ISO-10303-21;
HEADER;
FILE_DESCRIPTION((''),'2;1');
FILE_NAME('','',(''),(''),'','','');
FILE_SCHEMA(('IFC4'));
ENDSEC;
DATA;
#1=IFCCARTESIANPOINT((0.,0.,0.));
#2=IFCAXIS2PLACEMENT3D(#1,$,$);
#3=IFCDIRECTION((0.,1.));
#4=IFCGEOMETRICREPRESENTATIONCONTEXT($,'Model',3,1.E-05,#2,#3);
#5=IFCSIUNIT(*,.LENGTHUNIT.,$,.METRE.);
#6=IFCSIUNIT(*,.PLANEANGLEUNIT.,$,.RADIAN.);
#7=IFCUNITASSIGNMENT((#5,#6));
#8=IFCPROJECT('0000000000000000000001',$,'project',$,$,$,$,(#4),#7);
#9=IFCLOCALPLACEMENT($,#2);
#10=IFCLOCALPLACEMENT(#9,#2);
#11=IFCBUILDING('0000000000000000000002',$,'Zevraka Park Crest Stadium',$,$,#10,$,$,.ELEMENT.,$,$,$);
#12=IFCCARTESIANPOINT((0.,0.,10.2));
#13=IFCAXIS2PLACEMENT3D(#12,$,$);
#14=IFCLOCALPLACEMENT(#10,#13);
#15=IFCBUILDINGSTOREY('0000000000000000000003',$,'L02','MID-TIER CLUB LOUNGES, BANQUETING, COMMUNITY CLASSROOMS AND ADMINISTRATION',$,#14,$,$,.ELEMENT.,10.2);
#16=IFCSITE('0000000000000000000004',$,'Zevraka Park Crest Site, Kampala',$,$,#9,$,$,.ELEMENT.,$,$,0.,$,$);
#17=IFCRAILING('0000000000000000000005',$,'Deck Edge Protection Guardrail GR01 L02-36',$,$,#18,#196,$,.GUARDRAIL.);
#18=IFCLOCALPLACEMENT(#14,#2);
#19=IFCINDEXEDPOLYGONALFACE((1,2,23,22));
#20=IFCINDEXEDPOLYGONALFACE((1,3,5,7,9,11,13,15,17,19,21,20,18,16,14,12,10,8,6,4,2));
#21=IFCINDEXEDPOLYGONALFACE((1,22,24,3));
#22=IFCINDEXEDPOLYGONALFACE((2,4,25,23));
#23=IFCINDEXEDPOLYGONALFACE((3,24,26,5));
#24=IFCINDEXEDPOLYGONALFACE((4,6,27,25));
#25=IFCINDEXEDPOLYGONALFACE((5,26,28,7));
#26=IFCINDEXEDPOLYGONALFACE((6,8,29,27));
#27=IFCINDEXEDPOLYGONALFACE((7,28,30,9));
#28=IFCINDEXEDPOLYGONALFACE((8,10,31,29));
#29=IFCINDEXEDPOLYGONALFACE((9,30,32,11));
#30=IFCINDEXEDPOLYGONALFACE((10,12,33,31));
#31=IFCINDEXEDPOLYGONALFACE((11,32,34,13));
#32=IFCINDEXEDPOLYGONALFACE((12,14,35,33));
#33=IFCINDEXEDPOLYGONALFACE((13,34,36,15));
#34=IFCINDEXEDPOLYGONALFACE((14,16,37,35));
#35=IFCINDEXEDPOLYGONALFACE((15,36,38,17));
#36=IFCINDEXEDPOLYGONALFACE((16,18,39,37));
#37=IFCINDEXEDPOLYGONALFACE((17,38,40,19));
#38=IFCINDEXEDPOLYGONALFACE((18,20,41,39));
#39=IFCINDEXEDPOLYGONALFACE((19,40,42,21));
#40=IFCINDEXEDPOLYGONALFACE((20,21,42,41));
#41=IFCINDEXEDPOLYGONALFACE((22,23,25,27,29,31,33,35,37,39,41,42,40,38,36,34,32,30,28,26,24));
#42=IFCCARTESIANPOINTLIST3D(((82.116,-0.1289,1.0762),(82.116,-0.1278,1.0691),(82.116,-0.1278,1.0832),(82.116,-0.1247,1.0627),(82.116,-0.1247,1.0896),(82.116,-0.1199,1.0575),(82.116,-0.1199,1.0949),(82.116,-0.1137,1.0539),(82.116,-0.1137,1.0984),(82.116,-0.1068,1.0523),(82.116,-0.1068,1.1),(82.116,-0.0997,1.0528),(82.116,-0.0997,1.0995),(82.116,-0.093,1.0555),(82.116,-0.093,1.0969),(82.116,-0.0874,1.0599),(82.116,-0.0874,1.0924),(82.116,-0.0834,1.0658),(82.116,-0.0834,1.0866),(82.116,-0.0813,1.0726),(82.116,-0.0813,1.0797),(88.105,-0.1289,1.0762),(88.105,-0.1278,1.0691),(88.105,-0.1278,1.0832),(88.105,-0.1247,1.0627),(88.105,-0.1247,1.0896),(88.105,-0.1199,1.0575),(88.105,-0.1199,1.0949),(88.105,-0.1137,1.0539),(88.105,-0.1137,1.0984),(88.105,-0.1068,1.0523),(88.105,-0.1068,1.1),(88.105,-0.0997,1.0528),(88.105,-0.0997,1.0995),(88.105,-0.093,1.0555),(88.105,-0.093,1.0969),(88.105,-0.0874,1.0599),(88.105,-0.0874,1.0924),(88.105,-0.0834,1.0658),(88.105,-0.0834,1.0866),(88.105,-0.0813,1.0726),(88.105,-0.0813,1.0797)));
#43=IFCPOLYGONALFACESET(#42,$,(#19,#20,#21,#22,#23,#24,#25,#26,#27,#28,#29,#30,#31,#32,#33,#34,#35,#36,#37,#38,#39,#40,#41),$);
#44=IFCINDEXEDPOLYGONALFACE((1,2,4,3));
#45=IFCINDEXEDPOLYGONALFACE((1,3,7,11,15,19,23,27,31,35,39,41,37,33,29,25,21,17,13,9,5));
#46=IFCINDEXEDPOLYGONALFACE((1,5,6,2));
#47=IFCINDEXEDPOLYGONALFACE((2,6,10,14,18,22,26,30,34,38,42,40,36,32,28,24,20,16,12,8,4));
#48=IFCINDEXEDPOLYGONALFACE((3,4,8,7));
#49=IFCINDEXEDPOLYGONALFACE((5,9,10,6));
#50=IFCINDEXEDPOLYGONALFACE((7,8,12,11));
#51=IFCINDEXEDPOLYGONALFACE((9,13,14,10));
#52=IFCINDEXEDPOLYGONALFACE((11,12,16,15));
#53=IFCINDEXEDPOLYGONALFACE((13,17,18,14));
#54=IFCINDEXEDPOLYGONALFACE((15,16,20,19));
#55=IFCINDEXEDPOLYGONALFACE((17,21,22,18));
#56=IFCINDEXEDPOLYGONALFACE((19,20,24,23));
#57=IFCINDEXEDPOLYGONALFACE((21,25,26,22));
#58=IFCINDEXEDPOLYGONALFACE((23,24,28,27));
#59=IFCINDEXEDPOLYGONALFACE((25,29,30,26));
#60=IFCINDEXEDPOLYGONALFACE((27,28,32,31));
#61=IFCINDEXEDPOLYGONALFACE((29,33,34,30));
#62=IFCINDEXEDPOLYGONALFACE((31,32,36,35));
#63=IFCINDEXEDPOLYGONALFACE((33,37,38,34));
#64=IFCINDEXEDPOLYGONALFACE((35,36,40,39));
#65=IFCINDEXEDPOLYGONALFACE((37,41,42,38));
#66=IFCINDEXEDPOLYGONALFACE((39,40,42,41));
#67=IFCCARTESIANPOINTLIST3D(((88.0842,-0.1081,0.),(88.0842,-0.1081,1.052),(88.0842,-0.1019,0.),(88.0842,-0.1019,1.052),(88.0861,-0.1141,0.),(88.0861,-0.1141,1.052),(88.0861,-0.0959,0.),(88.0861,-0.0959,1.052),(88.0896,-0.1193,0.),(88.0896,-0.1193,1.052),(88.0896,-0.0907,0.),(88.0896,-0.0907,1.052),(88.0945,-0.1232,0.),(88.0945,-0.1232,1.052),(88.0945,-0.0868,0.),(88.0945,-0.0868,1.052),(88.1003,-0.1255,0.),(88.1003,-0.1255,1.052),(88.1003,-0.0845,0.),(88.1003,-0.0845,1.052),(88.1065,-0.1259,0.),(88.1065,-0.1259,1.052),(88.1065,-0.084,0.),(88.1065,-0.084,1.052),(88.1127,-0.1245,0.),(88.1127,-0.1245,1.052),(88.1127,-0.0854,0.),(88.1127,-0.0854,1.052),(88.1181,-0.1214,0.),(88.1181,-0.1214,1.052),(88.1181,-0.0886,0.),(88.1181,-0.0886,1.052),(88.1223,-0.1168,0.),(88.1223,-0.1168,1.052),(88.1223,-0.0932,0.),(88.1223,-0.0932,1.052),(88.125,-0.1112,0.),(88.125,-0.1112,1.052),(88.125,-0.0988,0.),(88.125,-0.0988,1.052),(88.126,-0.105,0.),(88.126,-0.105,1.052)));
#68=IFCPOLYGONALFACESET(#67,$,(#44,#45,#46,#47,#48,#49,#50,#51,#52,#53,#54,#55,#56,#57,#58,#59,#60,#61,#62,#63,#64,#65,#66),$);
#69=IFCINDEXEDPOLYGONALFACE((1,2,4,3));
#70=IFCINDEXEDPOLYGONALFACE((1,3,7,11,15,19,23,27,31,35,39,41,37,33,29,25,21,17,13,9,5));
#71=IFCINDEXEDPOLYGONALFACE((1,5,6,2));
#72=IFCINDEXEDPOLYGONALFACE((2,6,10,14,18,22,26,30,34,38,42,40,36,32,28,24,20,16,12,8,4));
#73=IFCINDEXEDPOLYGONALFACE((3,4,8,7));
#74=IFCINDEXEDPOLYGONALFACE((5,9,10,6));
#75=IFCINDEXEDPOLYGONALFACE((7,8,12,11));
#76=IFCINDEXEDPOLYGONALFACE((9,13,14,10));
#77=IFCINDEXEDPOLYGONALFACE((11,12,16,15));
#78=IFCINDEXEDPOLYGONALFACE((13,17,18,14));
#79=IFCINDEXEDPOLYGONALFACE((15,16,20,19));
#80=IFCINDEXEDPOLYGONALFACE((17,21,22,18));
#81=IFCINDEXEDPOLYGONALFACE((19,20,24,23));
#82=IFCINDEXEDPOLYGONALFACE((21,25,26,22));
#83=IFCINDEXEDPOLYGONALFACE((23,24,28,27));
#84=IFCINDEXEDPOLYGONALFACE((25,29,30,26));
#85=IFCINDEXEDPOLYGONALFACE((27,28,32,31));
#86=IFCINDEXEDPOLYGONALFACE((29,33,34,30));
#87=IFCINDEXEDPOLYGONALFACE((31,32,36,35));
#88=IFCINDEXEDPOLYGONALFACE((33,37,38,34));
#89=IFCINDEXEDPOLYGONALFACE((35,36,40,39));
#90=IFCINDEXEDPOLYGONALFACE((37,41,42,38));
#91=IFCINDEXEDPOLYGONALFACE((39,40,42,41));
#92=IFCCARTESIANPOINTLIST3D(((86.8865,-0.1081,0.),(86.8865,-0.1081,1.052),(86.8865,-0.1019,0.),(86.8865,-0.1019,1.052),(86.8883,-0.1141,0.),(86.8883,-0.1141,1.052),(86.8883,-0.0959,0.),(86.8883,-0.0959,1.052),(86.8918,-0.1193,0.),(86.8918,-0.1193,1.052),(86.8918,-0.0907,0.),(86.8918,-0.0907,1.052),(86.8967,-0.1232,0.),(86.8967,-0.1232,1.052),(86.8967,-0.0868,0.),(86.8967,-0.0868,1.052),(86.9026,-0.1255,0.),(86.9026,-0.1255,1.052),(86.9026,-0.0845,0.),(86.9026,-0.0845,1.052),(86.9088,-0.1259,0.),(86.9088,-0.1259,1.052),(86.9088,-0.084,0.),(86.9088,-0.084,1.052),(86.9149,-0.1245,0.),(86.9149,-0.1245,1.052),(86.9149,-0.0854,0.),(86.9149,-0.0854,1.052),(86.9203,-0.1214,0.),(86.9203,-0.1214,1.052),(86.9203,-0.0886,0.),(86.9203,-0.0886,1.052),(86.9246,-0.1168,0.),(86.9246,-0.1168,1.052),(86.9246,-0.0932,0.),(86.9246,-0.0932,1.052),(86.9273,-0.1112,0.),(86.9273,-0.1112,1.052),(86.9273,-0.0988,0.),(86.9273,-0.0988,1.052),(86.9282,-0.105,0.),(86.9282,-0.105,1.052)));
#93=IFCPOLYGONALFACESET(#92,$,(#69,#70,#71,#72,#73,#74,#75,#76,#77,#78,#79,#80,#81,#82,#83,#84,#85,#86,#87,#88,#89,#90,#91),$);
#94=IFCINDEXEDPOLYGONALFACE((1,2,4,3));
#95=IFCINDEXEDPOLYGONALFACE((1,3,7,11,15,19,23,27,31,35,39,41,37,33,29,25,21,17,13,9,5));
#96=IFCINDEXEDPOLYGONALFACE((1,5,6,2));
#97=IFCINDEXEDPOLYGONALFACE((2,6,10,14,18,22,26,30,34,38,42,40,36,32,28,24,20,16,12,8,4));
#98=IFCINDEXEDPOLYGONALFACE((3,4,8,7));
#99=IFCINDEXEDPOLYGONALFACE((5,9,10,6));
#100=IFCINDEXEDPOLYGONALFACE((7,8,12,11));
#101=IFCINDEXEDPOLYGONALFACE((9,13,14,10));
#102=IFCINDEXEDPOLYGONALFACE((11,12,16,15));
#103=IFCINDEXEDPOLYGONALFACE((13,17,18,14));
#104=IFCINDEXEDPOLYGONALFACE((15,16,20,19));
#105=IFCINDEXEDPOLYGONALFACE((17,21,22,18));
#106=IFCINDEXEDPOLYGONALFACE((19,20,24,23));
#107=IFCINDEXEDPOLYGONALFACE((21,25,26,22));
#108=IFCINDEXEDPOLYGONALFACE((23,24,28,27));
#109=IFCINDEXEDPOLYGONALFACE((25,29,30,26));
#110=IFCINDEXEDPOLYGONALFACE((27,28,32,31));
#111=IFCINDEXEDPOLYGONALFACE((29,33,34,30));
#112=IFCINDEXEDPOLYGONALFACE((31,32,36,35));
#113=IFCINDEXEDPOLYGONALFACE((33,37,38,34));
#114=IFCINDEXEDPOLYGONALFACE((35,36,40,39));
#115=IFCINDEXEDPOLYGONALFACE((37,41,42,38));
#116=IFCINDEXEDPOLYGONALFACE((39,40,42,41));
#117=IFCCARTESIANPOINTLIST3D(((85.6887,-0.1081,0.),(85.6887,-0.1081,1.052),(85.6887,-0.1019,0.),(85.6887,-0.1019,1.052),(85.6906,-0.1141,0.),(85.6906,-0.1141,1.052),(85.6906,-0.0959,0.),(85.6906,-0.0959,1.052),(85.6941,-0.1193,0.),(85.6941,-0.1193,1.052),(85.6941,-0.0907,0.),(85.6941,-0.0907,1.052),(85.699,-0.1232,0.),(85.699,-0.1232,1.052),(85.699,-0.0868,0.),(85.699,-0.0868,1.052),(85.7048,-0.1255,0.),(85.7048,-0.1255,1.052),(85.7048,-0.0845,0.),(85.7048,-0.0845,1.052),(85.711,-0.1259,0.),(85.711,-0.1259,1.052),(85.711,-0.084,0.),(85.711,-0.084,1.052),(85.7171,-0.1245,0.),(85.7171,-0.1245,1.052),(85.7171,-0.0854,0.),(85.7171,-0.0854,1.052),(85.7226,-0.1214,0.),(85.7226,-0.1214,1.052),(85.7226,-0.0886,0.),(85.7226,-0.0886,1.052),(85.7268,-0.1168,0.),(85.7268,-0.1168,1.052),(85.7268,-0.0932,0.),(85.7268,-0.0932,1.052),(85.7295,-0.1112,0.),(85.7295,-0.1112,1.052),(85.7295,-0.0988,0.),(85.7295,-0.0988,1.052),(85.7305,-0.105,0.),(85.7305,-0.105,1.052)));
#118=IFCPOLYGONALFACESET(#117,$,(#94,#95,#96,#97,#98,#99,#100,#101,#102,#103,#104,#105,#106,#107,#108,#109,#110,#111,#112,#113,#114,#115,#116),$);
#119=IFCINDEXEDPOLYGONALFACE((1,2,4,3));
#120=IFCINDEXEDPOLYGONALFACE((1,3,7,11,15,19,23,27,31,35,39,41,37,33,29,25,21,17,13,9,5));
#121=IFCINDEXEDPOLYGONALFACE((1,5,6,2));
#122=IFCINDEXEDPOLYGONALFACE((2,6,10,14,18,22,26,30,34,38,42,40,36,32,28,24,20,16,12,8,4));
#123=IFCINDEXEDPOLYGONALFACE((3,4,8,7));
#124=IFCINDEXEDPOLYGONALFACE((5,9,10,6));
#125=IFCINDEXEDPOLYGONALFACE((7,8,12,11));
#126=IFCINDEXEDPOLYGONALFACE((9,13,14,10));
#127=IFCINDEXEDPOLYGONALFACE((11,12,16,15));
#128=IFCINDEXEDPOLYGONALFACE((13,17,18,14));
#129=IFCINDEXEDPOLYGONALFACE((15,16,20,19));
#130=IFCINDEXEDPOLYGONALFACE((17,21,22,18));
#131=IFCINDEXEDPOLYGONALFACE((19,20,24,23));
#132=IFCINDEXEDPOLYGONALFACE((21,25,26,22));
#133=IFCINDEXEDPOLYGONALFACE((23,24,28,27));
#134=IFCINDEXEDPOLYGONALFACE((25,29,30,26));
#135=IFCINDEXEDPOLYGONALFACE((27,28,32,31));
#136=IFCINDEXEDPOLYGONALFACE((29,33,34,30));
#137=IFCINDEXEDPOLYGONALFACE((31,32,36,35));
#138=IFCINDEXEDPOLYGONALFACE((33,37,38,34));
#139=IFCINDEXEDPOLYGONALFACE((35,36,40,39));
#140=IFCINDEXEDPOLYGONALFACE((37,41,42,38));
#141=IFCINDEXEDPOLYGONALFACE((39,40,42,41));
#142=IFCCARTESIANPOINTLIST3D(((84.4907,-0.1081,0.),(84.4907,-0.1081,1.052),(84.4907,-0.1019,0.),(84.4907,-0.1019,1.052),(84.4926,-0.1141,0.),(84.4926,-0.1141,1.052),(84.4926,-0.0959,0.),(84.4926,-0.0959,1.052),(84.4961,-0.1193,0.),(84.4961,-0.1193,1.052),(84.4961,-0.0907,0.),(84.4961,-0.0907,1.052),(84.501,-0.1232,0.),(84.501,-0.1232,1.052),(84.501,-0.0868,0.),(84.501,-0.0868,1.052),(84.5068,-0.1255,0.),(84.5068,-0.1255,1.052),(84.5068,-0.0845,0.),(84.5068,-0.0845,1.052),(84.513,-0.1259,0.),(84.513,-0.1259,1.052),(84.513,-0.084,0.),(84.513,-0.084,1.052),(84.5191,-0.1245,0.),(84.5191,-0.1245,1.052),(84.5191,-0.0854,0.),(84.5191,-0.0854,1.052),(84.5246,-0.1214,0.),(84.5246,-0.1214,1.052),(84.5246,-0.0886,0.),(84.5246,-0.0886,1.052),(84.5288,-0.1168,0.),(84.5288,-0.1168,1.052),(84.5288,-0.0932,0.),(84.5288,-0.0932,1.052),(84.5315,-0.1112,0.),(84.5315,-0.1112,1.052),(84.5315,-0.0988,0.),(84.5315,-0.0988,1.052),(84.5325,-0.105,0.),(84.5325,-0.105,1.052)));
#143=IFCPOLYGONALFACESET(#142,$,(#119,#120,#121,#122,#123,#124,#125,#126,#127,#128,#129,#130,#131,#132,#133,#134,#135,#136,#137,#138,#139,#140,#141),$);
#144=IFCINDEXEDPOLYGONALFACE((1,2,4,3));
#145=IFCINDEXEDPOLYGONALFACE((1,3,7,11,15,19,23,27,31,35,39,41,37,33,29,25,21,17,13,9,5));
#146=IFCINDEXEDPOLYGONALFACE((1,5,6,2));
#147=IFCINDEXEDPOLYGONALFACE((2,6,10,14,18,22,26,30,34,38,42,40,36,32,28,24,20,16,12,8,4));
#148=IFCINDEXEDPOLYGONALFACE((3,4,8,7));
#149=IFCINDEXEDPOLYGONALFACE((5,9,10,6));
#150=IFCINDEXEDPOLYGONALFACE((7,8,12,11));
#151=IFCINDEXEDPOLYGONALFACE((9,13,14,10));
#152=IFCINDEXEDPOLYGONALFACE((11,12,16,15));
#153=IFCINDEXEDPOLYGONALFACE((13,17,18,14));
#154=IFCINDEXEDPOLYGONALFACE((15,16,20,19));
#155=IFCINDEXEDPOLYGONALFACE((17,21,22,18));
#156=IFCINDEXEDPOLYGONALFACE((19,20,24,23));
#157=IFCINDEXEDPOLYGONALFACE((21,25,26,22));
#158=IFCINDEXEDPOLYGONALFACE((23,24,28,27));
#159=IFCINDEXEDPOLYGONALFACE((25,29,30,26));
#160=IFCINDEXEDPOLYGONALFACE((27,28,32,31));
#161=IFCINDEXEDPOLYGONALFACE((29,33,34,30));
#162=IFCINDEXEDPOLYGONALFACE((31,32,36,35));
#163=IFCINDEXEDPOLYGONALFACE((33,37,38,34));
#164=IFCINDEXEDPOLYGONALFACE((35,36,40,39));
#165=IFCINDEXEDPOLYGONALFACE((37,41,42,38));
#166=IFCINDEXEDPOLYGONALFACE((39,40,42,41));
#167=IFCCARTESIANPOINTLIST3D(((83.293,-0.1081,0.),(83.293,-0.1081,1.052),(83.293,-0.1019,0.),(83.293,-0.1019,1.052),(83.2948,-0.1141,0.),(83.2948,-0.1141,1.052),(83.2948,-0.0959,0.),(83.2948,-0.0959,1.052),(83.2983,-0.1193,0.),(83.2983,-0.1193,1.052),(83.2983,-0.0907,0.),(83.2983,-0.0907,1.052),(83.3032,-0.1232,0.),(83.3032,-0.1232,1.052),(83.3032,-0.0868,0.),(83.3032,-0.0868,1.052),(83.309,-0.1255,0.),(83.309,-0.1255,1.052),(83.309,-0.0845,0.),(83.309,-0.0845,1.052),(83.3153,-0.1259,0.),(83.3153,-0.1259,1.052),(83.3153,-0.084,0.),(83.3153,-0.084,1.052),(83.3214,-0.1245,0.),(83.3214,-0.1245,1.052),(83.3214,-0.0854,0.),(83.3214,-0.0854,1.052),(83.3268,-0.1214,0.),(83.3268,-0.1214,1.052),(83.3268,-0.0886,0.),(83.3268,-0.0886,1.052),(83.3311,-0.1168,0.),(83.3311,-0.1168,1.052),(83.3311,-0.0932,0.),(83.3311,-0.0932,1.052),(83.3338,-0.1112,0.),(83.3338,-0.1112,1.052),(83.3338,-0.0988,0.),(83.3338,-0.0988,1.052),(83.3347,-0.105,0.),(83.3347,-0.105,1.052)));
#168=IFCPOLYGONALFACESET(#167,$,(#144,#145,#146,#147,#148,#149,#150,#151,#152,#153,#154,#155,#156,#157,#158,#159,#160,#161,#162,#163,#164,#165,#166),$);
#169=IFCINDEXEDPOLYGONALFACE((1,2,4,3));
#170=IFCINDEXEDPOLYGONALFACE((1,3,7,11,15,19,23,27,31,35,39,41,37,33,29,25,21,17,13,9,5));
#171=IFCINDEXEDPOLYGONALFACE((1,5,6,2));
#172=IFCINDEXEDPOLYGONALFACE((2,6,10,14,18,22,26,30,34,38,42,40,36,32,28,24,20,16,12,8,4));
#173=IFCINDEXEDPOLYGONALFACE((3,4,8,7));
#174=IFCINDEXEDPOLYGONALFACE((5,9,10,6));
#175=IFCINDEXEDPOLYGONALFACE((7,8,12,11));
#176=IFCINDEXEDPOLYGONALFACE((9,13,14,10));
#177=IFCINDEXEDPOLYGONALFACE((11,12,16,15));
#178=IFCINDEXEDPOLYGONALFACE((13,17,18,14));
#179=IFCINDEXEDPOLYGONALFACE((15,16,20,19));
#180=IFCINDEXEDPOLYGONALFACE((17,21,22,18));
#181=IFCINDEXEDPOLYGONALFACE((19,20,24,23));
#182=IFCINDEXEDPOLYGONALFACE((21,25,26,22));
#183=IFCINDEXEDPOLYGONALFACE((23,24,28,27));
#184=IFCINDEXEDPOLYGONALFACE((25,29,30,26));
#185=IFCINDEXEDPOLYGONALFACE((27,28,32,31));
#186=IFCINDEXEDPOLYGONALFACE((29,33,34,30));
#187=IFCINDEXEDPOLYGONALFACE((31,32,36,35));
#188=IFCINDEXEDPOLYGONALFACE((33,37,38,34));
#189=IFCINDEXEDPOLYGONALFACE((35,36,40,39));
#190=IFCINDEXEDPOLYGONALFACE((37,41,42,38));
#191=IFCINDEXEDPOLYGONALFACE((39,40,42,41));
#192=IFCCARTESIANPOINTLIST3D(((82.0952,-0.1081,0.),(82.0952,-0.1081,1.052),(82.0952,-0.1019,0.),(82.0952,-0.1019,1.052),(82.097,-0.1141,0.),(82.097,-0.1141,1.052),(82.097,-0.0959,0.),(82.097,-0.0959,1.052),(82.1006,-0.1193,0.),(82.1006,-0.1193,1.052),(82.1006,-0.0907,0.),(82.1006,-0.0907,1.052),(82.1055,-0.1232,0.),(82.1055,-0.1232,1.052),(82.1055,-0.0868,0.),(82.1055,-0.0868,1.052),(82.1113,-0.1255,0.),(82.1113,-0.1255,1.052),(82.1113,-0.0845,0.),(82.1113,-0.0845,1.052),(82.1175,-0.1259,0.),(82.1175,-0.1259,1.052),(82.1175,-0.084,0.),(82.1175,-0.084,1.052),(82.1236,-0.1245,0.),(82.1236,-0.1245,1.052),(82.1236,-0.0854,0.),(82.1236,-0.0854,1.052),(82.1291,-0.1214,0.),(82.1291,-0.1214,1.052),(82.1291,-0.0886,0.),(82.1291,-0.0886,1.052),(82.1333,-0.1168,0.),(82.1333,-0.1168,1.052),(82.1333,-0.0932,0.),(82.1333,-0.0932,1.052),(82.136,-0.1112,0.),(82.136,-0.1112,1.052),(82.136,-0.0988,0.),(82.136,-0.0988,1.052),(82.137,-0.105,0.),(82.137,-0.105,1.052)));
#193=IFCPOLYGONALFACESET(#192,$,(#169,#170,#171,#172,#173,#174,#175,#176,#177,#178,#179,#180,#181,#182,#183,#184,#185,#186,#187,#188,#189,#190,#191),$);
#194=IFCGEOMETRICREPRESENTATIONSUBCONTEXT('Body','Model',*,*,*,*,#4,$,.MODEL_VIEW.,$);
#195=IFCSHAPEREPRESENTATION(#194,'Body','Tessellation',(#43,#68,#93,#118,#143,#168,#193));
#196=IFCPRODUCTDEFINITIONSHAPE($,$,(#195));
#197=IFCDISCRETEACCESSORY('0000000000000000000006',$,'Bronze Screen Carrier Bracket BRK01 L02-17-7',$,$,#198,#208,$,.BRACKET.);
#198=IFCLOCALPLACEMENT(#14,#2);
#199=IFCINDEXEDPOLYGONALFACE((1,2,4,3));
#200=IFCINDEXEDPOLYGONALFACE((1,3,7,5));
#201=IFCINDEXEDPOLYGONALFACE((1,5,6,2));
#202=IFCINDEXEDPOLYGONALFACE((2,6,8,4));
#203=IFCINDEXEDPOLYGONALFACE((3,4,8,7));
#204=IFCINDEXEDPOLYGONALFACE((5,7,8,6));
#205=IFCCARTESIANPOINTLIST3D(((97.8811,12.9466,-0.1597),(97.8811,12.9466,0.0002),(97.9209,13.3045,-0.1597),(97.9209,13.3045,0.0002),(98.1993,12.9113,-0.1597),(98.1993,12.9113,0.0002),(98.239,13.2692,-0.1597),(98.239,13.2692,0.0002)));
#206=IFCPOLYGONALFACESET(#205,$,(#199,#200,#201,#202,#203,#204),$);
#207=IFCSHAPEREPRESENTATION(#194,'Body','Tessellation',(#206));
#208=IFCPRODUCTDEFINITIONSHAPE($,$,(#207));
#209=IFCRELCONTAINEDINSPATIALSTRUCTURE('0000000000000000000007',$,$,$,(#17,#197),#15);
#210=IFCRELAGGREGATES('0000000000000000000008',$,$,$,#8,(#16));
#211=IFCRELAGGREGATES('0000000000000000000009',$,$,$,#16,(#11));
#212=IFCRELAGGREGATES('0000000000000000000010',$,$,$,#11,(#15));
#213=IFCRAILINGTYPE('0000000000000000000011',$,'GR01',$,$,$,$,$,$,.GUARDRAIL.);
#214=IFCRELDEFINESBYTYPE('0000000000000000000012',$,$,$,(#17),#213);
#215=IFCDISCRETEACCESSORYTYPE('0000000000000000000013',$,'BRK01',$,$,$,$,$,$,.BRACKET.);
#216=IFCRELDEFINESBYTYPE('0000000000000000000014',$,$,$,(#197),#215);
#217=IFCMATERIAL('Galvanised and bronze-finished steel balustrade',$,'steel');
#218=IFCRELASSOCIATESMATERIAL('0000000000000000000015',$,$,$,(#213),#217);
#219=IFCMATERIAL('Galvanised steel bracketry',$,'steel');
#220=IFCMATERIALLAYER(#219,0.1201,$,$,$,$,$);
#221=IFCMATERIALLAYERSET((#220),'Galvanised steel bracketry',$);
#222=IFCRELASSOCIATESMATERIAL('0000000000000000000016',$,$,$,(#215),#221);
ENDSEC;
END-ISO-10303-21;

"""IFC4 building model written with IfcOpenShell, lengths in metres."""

from ifc_helpers import new_model, si_unit, direction, frame, origin, origin_2d, place, context, subcontext, project, spatial, rectangle, circle, extrude, material, layer, layer_set, type_object, element, save


model = new_model("IFC4")

# Units and contexts
model_context = context("Model", 3, precision=1e-05, world=origin(), true_north=direction((0.0, 1.0)))
body_context = subcontext(model_context, "Body", "Model", "MODEL_VIEW")
ifc_project = project(units=[si_unit("LENGTHUNIT", "METRE"), si_unit("PLANEANGLEUNIT", "RADIAN")], contexts=[model_context])

# Site, building, storey
site_placement = place(None, origin())
site = spatial("IfcSite", under=ifc_project, at=site_placement, Name="Zevraka Park Crest Site, Kampala", CompositionType="ELEMENT", RefElevation=0.0)
building_placement = place(site_placement, origin())
building = spatial("IfcBuilding", under=site, at=building_placement, Name="Zevraka Park Crest Stadium", CompositionType="ELEMENT")
storey_placement = place(building_placement, frame((0.0, 0.0, 10.2)))
storey = spatial("IfcBuildingStorey", under=building, at=storey_placement, Name="L02", Description="MID-TIER CLUB LOUNGES, BANQUETING, COMMUNITY CLASSROOMS AND ADMINISTRATION", CompositionType="ELEMENT", Elevation=10.2)

# Railing
ifc_material_1 = material(Name="Galvanised and bronze-finished steel balustrade", Category="steel")
railing_type = type_object("IfcRailingType", Name="GR01", PredefinedType="GUARDRAIL", material=ifc_material_1)
railing_placement = place(storey_placement, frame((88.105, -0.105, 0.0)))
element("IfcRailing", 1, at=railing_placement, inside=storey, type_object=railing_type, Name="Deck Edge Protection Guardrail GR01 L02-36", PredefinedType="GUARDRAIL", context=body_context, shape_type="SweptSolid", body=[
    extrude(circle(Radius=0.0239, at=origin_2d()), frame((0.0, 0.0, 1.0762), z_axis=(-1.0, 0.0, 0.0), x_axis=(0.0, -1.0, 0.0)), (0.0, 0.0, 1.0), 5.989),
    extrude(circle(Radius=0.021, at=origin_2d()), origin(), (0.0, 0.0, 1.0), 1.052),
    extrude(circle(Radius=0.021, at=origin_2d()), frame((-1.1978, 0.0, 0.0)), (0.0, 0.0, 1.0), 1.052),
    extrude(circle(Radius=0.021, at=origin_2d()), frame((-2.3955, 0.0, 0.0)), (0.0, 0.0, 1.0), 1.052),
    extrude(circle(Radius=0.021, at=origin_2d()), frame((-3.5935, 0.0, 0.0)), (0.0, 0.0, 1.0), 1.052),
    extrude(circle(Radius=0.021, at=origin_2d()), frame((-4.7913, 0.0, 0.0)), (0.0, 0.0, 1.0), 1.052),
    extrude(circle(Radius=0.021, at=origin_2d()), frame((-5.989, 0.0, 0.0)), (0.0, 0.0, 1.0), 1.052),
])

# Discrete accessory
ifc_material_2 = material(Name="Galvanised steel bracketry", Category="steel")
ifc_layer_1 = layer(ifc_material_2, 0.1201)
ifc_layer_set_1 = layer_set([ifc_layer_1], Name="Galvanised steel bracketry")
discrete_accessory_type = type_object("IfcDiscreteAccessoryType", Name="BRK01", PredefinedType="BRACKET", material=ifc_layer_set_1)
for number, where, z_axis, x_axis, name in (
    (2, (98.0601, 13.1079, -0.1597), (0.0, 0.0, 1.0), (0.993903, -0.110255, 0.0), "Bronze Screen Carrier Bracket BRK01 L02-17-7"),
):
    element("IfcDiscreteAccessory", number, at=place(storey_placement, frame(where, z_axis=z_axis, x_axis=x_axis)), inside=storey, type_object=discrete_accessory_type, Name=name, PredefinedType="BRACKET", context=body_context, shape_type="SweptSolid", body=[
        extrude(rectangle(XDim=0.3201, YDim=0.3601, at=origin_2d()), origin(), (0.0, 0.0, 1.0), 0.1599),
    ])

save(model, "model.ifc")
